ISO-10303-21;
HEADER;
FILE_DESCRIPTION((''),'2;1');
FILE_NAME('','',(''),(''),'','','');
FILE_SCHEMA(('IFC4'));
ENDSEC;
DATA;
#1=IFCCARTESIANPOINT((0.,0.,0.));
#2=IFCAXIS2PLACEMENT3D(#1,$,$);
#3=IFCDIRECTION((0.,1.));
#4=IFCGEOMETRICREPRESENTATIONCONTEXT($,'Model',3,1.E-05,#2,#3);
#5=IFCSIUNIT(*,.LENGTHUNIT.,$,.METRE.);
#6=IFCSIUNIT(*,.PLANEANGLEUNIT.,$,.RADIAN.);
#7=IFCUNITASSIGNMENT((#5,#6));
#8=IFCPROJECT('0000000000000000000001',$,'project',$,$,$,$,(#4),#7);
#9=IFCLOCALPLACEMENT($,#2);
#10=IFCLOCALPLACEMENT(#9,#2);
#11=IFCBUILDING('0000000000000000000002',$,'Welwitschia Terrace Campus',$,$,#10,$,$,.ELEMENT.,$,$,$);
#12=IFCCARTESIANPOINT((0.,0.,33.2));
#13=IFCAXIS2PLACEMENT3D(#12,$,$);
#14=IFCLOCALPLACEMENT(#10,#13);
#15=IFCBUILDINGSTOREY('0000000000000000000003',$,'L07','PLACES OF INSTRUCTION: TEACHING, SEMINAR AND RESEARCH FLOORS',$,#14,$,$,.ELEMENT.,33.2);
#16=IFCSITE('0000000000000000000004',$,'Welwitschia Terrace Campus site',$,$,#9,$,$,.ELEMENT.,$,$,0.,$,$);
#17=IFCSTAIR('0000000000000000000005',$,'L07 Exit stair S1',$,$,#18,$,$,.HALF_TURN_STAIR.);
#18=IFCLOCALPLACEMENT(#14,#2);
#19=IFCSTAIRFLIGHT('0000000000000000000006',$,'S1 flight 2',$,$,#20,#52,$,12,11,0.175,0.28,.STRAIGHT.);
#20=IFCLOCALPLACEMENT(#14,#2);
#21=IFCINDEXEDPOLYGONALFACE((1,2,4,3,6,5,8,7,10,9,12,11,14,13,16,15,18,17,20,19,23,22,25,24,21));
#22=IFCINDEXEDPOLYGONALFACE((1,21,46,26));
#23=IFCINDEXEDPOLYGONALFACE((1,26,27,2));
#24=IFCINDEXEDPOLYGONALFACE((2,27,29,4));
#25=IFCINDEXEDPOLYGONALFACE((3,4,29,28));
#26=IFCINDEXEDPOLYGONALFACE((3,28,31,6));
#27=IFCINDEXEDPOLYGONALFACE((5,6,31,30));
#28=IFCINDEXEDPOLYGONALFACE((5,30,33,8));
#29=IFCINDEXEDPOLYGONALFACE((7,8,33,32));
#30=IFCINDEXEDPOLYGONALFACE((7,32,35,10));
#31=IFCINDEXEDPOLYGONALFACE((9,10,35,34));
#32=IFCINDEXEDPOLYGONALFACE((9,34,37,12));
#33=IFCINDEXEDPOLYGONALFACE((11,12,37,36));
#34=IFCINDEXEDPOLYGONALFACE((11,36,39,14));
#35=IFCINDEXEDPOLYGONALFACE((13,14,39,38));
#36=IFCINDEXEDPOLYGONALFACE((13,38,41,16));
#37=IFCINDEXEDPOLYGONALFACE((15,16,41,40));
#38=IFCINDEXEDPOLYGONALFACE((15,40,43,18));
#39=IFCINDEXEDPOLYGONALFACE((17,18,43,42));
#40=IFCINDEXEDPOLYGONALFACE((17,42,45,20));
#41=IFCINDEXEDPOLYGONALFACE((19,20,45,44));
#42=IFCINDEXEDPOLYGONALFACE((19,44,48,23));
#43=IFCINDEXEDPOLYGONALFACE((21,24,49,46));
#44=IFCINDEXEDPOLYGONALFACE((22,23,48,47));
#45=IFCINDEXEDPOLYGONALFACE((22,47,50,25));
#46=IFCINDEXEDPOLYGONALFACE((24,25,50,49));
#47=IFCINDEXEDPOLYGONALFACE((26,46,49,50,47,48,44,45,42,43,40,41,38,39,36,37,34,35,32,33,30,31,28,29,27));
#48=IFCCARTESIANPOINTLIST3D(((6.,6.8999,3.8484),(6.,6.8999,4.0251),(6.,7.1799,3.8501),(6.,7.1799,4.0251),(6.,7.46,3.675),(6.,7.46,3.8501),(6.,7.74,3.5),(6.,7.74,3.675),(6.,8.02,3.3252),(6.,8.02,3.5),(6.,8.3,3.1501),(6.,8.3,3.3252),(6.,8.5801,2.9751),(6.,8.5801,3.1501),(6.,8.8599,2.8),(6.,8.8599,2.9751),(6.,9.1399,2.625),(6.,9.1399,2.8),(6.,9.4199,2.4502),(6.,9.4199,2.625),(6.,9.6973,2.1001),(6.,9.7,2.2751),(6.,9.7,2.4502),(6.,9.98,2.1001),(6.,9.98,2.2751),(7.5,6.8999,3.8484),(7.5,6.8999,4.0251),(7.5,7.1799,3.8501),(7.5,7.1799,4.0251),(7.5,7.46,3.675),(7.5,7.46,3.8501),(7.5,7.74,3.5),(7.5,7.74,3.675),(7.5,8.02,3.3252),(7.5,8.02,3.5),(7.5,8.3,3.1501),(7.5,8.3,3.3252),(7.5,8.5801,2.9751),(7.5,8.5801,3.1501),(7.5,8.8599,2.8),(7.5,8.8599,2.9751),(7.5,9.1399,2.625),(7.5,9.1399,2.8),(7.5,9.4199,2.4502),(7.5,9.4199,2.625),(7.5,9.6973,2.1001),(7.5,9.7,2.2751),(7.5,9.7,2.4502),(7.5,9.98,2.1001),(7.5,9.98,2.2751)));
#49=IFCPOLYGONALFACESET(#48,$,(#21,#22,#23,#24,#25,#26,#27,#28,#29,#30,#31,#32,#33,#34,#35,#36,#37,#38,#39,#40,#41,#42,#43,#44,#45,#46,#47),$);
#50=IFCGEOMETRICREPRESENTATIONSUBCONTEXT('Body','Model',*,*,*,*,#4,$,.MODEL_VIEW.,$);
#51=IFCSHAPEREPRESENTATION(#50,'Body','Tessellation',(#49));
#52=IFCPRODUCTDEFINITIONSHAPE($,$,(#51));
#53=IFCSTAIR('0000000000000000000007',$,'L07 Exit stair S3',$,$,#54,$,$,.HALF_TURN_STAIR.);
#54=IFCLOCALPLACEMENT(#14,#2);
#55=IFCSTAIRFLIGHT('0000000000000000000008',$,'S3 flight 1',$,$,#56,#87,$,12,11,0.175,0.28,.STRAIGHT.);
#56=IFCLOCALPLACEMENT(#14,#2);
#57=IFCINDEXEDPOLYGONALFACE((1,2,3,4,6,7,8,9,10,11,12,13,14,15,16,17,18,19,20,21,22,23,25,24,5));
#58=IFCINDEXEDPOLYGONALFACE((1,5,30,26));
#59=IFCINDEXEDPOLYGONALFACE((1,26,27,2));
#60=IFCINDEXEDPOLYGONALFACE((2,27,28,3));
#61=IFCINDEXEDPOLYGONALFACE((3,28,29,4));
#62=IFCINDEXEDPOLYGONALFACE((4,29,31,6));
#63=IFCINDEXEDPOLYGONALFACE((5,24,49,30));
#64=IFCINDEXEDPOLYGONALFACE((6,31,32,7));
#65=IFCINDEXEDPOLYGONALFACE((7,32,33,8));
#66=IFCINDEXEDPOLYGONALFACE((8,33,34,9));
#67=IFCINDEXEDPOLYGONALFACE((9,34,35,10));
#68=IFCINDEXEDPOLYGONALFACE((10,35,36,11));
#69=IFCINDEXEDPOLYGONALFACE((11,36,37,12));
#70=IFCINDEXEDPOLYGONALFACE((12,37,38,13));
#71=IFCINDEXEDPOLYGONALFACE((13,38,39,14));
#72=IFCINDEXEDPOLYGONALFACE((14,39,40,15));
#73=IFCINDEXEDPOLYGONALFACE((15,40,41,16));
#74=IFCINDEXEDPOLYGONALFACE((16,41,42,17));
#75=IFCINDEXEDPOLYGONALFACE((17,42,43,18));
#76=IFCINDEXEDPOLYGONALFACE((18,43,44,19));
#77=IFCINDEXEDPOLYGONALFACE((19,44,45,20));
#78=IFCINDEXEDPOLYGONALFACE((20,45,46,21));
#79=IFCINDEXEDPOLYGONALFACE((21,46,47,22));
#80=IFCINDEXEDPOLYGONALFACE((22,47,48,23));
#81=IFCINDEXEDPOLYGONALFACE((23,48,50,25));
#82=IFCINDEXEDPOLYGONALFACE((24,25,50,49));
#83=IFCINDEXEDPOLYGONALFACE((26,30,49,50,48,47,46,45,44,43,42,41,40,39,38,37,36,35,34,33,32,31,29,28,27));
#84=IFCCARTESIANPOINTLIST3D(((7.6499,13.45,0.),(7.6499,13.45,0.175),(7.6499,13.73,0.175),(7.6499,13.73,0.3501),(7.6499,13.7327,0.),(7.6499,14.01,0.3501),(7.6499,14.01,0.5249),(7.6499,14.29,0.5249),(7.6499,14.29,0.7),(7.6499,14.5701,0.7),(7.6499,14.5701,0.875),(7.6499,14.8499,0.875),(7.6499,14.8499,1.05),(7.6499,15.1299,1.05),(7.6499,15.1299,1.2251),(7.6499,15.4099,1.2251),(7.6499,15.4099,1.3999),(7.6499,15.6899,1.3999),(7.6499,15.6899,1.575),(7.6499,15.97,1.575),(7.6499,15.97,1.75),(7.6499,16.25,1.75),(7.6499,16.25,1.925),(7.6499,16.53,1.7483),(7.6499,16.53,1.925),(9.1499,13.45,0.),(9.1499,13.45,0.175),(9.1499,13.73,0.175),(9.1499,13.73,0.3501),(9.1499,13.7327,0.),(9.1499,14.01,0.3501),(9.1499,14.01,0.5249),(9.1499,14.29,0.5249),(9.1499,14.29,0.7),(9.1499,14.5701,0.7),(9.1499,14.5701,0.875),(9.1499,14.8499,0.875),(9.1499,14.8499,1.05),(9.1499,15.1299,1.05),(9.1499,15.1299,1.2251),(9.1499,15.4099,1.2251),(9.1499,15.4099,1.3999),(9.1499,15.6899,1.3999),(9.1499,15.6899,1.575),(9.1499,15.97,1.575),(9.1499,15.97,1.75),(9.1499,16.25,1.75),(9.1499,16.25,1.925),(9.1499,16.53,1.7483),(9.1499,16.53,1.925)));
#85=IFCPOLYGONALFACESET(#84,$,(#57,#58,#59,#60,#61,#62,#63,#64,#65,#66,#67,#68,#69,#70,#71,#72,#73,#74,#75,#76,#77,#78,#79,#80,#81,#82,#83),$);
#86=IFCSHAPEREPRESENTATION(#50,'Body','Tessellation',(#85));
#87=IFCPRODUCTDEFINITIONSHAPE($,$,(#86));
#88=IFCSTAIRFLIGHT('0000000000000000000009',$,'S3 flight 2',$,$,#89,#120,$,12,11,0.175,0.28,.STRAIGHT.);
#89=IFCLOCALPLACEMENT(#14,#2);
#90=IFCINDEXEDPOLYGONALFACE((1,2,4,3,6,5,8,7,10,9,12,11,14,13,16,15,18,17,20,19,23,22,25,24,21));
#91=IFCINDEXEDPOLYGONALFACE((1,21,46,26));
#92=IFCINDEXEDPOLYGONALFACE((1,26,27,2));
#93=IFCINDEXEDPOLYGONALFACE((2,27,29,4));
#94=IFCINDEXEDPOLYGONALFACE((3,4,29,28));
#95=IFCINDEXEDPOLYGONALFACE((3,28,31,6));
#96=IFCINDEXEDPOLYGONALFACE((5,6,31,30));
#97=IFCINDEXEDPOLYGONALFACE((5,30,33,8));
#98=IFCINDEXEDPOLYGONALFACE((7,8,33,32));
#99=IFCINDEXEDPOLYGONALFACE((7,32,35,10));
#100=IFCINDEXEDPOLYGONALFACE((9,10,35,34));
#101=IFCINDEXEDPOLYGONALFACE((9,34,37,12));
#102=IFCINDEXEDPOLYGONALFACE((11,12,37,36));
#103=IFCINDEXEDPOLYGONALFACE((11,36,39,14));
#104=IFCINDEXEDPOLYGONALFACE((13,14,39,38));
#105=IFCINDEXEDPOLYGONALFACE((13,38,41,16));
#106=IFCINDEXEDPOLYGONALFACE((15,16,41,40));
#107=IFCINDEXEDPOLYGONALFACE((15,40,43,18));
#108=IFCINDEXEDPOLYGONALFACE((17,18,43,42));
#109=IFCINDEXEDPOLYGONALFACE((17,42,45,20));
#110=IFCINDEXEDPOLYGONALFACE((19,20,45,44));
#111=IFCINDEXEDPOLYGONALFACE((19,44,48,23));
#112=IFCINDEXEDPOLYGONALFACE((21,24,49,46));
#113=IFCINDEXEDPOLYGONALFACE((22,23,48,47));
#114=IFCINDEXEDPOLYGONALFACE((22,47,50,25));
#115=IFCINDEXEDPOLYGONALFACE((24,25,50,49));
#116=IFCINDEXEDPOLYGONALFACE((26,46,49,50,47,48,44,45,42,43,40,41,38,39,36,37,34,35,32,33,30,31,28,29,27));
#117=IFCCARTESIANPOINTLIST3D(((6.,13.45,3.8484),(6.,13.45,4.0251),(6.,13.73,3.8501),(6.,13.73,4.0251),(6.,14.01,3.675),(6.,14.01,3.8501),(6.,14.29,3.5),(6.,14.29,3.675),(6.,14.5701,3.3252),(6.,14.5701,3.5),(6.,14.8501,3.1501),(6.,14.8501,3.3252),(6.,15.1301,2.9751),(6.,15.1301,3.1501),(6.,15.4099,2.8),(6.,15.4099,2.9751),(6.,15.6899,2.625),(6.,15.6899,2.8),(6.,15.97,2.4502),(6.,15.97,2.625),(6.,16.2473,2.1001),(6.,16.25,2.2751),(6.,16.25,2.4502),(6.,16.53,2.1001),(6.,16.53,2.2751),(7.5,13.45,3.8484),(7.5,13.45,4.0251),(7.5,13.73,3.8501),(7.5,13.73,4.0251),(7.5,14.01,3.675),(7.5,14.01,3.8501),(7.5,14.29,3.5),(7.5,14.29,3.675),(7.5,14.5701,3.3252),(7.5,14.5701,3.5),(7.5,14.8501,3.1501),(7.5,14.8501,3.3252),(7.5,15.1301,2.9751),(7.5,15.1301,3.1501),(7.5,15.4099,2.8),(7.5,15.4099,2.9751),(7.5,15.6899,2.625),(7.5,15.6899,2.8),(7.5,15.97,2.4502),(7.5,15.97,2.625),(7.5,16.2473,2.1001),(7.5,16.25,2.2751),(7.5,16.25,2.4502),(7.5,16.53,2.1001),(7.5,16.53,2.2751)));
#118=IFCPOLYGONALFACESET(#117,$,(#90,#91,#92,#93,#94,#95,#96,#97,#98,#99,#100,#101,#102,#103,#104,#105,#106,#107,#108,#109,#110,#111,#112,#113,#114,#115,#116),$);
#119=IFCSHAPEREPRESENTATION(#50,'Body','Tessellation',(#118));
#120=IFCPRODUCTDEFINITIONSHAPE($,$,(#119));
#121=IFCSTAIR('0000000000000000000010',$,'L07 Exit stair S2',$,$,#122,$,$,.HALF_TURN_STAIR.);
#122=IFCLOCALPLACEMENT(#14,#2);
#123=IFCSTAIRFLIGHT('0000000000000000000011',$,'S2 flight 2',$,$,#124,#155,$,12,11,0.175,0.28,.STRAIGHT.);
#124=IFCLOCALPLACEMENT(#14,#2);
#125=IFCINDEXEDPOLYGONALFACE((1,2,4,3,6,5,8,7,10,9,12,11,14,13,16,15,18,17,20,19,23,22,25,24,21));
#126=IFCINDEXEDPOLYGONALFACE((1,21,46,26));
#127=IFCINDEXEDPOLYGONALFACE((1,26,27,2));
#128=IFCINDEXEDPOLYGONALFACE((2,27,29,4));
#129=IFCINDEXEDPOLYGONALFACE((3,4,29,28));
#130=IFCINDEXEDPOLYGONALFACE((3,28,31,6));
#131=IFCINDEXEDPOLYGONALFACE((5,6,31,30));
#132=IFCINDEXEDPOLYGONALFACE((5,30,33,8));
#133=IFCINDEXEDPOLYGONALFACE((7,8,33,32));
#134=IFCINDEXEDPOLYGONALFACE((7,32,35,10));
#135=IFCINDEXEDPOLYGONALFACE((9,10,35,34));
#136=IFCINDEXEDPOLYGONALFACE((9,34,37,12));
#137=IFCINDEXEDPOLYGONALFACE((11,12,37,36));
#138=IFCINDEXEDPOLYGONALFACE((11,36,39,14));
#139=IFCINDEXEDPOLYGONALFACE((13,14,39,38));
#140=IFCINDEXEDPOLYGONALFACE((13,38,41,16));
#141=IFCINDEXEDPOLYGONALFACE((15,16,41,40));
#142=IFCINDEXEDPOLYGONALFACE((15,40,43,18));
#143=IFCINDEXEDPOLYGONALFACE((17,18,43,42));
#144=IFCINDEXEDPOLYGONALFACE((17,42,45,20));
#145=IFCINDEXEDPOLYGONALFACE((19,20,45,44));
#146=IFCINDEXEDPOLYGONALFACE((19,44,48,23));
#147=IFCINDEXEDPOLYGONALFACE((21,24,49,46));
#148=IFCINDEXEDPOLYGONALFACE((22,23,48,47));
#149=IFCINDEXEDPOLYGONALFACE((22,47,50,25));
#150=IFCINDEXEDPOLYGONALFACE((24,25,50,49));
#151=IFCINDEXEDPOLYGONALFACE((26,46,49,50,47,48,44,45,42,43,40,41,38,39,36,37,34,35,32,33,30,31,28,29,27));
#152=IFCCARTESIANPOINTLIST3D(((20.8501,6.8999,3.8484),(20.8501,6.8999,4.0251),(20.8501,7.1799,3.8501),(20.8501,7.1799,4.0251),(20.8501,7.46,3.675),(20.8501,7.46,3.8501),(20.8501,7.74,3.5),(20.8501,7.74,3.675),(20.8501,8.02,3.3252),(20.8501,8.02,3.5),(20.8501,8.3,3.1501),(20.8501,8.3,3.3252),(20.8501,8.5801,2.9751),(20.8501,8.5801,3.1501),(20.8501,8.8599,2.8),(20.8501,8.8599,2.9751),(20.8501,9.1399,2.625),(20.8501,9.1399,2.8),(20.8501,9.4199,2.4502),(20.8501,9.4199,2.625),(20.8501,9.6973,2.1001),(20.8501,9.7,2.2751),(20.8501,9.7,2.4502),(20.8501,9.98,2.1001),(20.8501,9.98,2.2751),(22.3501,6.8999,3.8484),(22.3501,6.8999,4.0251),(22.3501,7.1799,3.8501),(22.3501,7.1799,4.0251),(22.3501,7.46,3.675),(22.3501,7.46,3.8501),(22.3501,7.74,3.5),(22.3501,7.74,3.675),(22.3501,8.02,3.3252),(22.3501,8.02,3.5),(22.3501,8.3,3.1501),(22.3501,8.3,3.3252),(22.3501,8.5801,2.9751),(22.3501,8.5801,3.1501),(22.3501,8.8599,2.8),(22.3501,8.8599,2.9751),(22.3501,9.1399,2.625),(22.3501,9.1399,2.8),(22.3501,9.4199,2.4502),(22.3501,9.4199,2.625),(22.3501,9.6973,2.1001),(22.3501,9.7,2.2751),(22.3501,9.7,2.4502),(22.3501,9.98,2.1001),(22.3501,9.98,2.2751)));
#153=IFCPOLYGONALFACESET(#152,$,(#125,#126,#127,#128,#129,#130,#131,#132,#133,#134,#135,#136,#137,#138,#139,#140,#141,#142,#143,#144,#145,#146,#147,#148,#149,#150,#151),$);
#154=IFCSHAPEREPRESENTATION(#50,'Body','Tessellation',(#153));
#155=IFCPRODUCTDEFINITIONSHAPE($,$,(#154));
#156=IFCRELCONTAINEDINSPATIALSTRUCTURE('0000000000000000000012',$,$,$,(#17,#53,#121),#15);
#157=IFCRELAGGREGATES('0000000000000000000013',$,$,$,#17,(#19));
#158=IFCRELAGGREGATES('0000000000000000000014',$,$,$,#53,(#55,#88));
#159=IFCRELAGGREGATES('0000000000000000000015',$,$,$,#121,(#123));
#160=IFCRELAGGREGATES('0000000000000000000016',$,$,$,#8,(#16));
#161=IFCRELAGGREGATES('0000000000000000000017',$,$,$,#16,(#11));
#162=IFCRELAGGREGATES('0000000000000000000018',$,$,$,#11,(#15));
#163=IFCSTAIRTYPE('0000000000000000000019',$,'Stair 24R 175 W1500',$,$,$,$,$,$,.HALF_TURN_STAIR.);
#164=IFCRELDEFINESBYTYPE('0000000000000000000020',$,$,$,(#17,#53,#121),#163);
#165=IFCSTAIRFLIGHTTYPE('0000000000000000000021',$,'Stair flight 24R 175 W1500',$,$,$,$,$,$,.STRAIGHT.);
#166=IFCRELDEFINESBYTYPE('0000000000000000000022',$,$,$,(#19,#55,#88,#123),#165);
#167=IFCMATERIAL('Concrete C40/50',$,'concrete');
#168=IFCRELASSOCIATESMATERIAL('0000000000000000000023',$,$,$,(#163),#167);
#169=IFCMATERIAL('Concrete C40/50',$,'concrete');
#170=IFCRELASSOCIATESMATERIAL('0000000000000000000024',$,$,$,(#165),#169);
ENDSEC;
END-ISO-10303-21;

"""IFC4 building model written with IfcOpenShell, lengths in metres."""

from ifc_helpers import new_model, si_unit, direction, frame, origin, place, context, subcontext, project, spatial, polyline, outline, extrude, material, type_object, element, aggregate, save


model = new_model("IFC4")

# Units and contexts
model_context = context("Model", 3, precision=1e-05, world=origin(), true_north=direction((0.0, 1.0)))
body_context = subcontext(model_context, "Body", "Model", "MODEL_VIEW")
ifc_project = project(units=[si_unit("LENGTHUNIT", "METRE"), si_unit("PLANEANGLEUNIT", "RADIAN")], contexts=[model_context])

# Site, building, storey
site_placement = place(None, origin())
site = spatial("IfcSite", under=ifc_project, at=site_placement, Name="Welwitschia Terrace Campus site", CompositionType="ELEMENT", RefElevation=0.0)
building_placement = place(site_placement, origin())
building = spatial("IfcBuilding", under=site, at=building_placement, Name="Welwitschia Terrace Campus", CompositionType="ELEMENT")
storey_placement = place(building_placement, frame((0.0, 0.0, 33.2)))
storey = spatial("IfcBuildingStorey", under=building, at=storey_placement, Name="L07", Description="PLACES OF INSTRUCTION: TEACHING, SEMINAR AND RESEARCH FLOORS", CompositionType="ELEMENT", Elevation=33.2)

# Stair, stair flight
ifc_material_1 = material(Name="Concrete C40/50", Category="concrete")
stair_type = type_object("IfcStairType", Name="Stair 24R 175 W1500", PredefinedType="HALF_TURN_STAIR", material=ifc_material_1)
stair_1_placement = place(storey_placement, origin())
stair_1 = element("IfcStair", 1, at=stair_1_placement, inside=storey, type_object=stair_type, Name="L07 Exit stair S1", PredefinedType="HALF_TURN_STAIR")
ifc_material_2 = material(Name="Concrete C40/50", Category="concrete")
stair_flight_type = type_object("IfcStairFlightType", Name="Stair flight 24R 175 W1500", PredefinedType="STRAIGHT", material=ifc_material_2)
stair_flight_1_placement = place(storey_placement, frame((6.75, 9.98, 2.1001), z_axis=(0.0, 0.0, 1.0), x_axis=(0.0, -1.0, 0.0)))
stair_flight_1 = element("IfcStairFlight", 2, at=stair_flight_1_placement, type_object=stair_flight_type, Name="S1 flight 2", NumberOfRisers=12, NumberOfTreads=11, PredefinedType="STRAIGHT", RiserHeight=0.175, TreadLength=0.28, context=body_context, shape_type="SweptSolid", body=[
    extrude(outline(polyline([(0.0, 0.0), (0.0, 0.175), (0.28, 0.175), (0.28, 0.3501), (0.5601, 0.3501), (0.5601, 0.5249), (0.8401, 0.5249), (0.8401, 0.7), (1.1201, 0.7), (1.1201, 0.875), (1.3999, 0.875), (1.3999, 1.05), (1.6799, 1.05), (1.6799, 1.2251), (1.96, 1.2251), (1.96, 1.3999), (2.24, 1.3999), (2.24, 1.575), (2.52, 1.575), (2.52, 1.75), (2.8, 1.75), (2.8, 1.925), (3.0801, 1.925), (3.0801, 2.1001), (3.0801, 1.7483), (0.2827, 0.0), (0.0, 0.0)])), frame((0.0, 0.75, 0.0), z_axis=(0.0, -1.0, 0.0), x_axis=(1.0, 0.0, 0.0)), (0.0, 0.0, 1.0), 1.5),
])
aggregate(stair_1, [stair_flight_1])

# Stair, stair flights
stair_2_placement = place(storey_placement, origin())
stair_2 = element("IfcStair", 3, at=stair_2_placement, inside=storey, type_object=stair_type, Name="L07 Exit stair S3", PredefinedType="HALF_TURN_STAIR")
stair_flight_2_placement = place(storey_placement, frame((8.3999, 13.45, 0.0), z_axis=(0.0, 0.0, 1.0), x_axis=(0.0, 1.0, 0.0)))
stair_flight_2 = element("IfcStairFlight", 4, at=stair_flight_2_placement, type_object=stair_flight_type, Name="S3 flight 1", NumberOfRisers=12, NumberOfTreads=11, PredefinedType="STRAIGHT", RiserHeight=0.175, TreadLength=0.28, context=body_context, shape_type="SweptSolid", body=[
    extrude(outline(polyline([(0.0, 0.0), (0.0, 0.175), (0.28, 0.175), (0.28, 0.3501), (0.5601, 0.3501), (0.5601, 0.5249), (0.8401, 0.5249), (0.8401, 0.7), (1.1201, 0.7), (1.1201, 0.875), (1.3999, 0.875), (1.3999, 1.05), (1.6799, 1.05), (1.6799, 1.2251), (1.96, 1.2251), (1.96, 1.3999), (2.24, 1.3999), (2.24, 1.575), (2.52, 1.575), (2.52, 1.75), (2.8, 1.75), (2.8, 1.925), (3.0801, 1.925), (3.0801, 2.1001), (3.0801, 1.7483), (0.2827, 0.0), (0.0, 0.0)])), frame((0.0, 0.75, 0.0), z_axis=(0.0, -1.0, 0.0), x_axis=(1.0, 0.0, 0.0)), (0.0, 0.0, 1.0), 1.5),
])
stair_flight_3_placement = place(storey_placement, frame((6.75, 16.53, 2.1001), z_axis=(0.0, 0.0, 1.0), x_axis=(0.0, -1.0, 0.0)))
stair_flight_3 = element("IfcStairFlight", 5, at=stair_flight_3_placement, type_object=stair_flight_type, Name="S3 flight 2", NumberOfRisers=12, NumberOfTreads=11, PredefinedType="STRAIGHT", RiserHeight=0.175, TreadLength=0.28, context=body_context, shape_type="SweptSolid", body=[
    extrude(outline(polyline([(0.0, 0.0), (0.0, 0.175), (0.28, 0.175), (0.28, 0.3501), (0.5601, 0.3501), (0.5601, 0.5249), (0.8401, 0.5249), (0.8401, 0.7), (1.1201, 0.7), (1.1201, 0.875), (1.3999, 0.875), (1.3999, 1.05), (1.6799, 1.05), (1.6799, 1.2251), (1.96, 1.2251), (1.96, 1.3999), (2.24, 1.3999), (2.24, 1.575), (2.52, 1.575), (2.52, 1.75), (2.8, 1.75), (2.8, 1.925), (3.0801, 1.925), (3.0801, 2.1001), (3.0801, 1.7483), (0.2827, 0.0), (0.0, 0.0)])), frame((0.0, 0.75, 0.0), z_axis=(0.0, -1.0, 0.0), x_axis=(1.0, 0.0, 0.0)), (0.0, 0.0, 1.0), 1.5),
])
aggregate(stair_2, [stair_flight_2, stair_flight_3])

# Stair, stair flight
stair_3_placement = place(storey_placement, origin())
stair_3 = element("IfcStair", 6, at=stair_3_placement, inside=storey, type_object=stair_type, Name="L07 Exit stair S2", PredefinedType="HALF_TURN_STAIR")
stair_flight_4_placement = place(storey_placement, frame((21.6001, 9.98, 2.1001), z_axis=(0.0, 0.0, 1.0), x_axis=(0.0, -1.0, 0.0)))
stair_flight_4 = element("IfcStairFlight", 7, at=stair_flight_4_placement, type_object=stair_flight_type, Name="S2 flight 2", NumberOfRisers=12, NumberOfTreads=11, PredefinedType="STRAIGHT", RiserHeight=0.175, TreadLength=0.28, context=body_context, shape_type="SweptSolid", body=[
    extrude(outline(polyline([(0.0, 0.0), (0.0, 0.175), (0.28, 0.175), (0.28, 0.3501), (0.5601, 0.3501), (0.5601, 0.5249), (0.8401, 0.5249), (0.8401, 0.7), (1.1201, 0.7), (1.1201, 0.875), (1.3999, 0.875), (1.3999, 1.05), (1.6799, 1.05), (1.6799, 1.2251), (1.96, 1.2251), (1.96, 1.3999), (2.24, 1.3999), (2.24, 1.575), (2.52, 1.575), (2.52, 1.75), (2.8, 1.75), (2.8, 1.925), (3.0801, 1.925), (3.0801, 2.1001), (3.0801, 1.7483), (0.2827, 0.0), (0.0, 0.0)])), frame((0.0, 0.75, 0.0), z_axis=(0.0, -1.0, 0.0), x_axis=(1.0, 0.0, 0.0)), (0.0, 0.0, 1.0), 1.5),
])
aggregate(stair_3, [stair_flight_4])

save(model, "model.ifc")
